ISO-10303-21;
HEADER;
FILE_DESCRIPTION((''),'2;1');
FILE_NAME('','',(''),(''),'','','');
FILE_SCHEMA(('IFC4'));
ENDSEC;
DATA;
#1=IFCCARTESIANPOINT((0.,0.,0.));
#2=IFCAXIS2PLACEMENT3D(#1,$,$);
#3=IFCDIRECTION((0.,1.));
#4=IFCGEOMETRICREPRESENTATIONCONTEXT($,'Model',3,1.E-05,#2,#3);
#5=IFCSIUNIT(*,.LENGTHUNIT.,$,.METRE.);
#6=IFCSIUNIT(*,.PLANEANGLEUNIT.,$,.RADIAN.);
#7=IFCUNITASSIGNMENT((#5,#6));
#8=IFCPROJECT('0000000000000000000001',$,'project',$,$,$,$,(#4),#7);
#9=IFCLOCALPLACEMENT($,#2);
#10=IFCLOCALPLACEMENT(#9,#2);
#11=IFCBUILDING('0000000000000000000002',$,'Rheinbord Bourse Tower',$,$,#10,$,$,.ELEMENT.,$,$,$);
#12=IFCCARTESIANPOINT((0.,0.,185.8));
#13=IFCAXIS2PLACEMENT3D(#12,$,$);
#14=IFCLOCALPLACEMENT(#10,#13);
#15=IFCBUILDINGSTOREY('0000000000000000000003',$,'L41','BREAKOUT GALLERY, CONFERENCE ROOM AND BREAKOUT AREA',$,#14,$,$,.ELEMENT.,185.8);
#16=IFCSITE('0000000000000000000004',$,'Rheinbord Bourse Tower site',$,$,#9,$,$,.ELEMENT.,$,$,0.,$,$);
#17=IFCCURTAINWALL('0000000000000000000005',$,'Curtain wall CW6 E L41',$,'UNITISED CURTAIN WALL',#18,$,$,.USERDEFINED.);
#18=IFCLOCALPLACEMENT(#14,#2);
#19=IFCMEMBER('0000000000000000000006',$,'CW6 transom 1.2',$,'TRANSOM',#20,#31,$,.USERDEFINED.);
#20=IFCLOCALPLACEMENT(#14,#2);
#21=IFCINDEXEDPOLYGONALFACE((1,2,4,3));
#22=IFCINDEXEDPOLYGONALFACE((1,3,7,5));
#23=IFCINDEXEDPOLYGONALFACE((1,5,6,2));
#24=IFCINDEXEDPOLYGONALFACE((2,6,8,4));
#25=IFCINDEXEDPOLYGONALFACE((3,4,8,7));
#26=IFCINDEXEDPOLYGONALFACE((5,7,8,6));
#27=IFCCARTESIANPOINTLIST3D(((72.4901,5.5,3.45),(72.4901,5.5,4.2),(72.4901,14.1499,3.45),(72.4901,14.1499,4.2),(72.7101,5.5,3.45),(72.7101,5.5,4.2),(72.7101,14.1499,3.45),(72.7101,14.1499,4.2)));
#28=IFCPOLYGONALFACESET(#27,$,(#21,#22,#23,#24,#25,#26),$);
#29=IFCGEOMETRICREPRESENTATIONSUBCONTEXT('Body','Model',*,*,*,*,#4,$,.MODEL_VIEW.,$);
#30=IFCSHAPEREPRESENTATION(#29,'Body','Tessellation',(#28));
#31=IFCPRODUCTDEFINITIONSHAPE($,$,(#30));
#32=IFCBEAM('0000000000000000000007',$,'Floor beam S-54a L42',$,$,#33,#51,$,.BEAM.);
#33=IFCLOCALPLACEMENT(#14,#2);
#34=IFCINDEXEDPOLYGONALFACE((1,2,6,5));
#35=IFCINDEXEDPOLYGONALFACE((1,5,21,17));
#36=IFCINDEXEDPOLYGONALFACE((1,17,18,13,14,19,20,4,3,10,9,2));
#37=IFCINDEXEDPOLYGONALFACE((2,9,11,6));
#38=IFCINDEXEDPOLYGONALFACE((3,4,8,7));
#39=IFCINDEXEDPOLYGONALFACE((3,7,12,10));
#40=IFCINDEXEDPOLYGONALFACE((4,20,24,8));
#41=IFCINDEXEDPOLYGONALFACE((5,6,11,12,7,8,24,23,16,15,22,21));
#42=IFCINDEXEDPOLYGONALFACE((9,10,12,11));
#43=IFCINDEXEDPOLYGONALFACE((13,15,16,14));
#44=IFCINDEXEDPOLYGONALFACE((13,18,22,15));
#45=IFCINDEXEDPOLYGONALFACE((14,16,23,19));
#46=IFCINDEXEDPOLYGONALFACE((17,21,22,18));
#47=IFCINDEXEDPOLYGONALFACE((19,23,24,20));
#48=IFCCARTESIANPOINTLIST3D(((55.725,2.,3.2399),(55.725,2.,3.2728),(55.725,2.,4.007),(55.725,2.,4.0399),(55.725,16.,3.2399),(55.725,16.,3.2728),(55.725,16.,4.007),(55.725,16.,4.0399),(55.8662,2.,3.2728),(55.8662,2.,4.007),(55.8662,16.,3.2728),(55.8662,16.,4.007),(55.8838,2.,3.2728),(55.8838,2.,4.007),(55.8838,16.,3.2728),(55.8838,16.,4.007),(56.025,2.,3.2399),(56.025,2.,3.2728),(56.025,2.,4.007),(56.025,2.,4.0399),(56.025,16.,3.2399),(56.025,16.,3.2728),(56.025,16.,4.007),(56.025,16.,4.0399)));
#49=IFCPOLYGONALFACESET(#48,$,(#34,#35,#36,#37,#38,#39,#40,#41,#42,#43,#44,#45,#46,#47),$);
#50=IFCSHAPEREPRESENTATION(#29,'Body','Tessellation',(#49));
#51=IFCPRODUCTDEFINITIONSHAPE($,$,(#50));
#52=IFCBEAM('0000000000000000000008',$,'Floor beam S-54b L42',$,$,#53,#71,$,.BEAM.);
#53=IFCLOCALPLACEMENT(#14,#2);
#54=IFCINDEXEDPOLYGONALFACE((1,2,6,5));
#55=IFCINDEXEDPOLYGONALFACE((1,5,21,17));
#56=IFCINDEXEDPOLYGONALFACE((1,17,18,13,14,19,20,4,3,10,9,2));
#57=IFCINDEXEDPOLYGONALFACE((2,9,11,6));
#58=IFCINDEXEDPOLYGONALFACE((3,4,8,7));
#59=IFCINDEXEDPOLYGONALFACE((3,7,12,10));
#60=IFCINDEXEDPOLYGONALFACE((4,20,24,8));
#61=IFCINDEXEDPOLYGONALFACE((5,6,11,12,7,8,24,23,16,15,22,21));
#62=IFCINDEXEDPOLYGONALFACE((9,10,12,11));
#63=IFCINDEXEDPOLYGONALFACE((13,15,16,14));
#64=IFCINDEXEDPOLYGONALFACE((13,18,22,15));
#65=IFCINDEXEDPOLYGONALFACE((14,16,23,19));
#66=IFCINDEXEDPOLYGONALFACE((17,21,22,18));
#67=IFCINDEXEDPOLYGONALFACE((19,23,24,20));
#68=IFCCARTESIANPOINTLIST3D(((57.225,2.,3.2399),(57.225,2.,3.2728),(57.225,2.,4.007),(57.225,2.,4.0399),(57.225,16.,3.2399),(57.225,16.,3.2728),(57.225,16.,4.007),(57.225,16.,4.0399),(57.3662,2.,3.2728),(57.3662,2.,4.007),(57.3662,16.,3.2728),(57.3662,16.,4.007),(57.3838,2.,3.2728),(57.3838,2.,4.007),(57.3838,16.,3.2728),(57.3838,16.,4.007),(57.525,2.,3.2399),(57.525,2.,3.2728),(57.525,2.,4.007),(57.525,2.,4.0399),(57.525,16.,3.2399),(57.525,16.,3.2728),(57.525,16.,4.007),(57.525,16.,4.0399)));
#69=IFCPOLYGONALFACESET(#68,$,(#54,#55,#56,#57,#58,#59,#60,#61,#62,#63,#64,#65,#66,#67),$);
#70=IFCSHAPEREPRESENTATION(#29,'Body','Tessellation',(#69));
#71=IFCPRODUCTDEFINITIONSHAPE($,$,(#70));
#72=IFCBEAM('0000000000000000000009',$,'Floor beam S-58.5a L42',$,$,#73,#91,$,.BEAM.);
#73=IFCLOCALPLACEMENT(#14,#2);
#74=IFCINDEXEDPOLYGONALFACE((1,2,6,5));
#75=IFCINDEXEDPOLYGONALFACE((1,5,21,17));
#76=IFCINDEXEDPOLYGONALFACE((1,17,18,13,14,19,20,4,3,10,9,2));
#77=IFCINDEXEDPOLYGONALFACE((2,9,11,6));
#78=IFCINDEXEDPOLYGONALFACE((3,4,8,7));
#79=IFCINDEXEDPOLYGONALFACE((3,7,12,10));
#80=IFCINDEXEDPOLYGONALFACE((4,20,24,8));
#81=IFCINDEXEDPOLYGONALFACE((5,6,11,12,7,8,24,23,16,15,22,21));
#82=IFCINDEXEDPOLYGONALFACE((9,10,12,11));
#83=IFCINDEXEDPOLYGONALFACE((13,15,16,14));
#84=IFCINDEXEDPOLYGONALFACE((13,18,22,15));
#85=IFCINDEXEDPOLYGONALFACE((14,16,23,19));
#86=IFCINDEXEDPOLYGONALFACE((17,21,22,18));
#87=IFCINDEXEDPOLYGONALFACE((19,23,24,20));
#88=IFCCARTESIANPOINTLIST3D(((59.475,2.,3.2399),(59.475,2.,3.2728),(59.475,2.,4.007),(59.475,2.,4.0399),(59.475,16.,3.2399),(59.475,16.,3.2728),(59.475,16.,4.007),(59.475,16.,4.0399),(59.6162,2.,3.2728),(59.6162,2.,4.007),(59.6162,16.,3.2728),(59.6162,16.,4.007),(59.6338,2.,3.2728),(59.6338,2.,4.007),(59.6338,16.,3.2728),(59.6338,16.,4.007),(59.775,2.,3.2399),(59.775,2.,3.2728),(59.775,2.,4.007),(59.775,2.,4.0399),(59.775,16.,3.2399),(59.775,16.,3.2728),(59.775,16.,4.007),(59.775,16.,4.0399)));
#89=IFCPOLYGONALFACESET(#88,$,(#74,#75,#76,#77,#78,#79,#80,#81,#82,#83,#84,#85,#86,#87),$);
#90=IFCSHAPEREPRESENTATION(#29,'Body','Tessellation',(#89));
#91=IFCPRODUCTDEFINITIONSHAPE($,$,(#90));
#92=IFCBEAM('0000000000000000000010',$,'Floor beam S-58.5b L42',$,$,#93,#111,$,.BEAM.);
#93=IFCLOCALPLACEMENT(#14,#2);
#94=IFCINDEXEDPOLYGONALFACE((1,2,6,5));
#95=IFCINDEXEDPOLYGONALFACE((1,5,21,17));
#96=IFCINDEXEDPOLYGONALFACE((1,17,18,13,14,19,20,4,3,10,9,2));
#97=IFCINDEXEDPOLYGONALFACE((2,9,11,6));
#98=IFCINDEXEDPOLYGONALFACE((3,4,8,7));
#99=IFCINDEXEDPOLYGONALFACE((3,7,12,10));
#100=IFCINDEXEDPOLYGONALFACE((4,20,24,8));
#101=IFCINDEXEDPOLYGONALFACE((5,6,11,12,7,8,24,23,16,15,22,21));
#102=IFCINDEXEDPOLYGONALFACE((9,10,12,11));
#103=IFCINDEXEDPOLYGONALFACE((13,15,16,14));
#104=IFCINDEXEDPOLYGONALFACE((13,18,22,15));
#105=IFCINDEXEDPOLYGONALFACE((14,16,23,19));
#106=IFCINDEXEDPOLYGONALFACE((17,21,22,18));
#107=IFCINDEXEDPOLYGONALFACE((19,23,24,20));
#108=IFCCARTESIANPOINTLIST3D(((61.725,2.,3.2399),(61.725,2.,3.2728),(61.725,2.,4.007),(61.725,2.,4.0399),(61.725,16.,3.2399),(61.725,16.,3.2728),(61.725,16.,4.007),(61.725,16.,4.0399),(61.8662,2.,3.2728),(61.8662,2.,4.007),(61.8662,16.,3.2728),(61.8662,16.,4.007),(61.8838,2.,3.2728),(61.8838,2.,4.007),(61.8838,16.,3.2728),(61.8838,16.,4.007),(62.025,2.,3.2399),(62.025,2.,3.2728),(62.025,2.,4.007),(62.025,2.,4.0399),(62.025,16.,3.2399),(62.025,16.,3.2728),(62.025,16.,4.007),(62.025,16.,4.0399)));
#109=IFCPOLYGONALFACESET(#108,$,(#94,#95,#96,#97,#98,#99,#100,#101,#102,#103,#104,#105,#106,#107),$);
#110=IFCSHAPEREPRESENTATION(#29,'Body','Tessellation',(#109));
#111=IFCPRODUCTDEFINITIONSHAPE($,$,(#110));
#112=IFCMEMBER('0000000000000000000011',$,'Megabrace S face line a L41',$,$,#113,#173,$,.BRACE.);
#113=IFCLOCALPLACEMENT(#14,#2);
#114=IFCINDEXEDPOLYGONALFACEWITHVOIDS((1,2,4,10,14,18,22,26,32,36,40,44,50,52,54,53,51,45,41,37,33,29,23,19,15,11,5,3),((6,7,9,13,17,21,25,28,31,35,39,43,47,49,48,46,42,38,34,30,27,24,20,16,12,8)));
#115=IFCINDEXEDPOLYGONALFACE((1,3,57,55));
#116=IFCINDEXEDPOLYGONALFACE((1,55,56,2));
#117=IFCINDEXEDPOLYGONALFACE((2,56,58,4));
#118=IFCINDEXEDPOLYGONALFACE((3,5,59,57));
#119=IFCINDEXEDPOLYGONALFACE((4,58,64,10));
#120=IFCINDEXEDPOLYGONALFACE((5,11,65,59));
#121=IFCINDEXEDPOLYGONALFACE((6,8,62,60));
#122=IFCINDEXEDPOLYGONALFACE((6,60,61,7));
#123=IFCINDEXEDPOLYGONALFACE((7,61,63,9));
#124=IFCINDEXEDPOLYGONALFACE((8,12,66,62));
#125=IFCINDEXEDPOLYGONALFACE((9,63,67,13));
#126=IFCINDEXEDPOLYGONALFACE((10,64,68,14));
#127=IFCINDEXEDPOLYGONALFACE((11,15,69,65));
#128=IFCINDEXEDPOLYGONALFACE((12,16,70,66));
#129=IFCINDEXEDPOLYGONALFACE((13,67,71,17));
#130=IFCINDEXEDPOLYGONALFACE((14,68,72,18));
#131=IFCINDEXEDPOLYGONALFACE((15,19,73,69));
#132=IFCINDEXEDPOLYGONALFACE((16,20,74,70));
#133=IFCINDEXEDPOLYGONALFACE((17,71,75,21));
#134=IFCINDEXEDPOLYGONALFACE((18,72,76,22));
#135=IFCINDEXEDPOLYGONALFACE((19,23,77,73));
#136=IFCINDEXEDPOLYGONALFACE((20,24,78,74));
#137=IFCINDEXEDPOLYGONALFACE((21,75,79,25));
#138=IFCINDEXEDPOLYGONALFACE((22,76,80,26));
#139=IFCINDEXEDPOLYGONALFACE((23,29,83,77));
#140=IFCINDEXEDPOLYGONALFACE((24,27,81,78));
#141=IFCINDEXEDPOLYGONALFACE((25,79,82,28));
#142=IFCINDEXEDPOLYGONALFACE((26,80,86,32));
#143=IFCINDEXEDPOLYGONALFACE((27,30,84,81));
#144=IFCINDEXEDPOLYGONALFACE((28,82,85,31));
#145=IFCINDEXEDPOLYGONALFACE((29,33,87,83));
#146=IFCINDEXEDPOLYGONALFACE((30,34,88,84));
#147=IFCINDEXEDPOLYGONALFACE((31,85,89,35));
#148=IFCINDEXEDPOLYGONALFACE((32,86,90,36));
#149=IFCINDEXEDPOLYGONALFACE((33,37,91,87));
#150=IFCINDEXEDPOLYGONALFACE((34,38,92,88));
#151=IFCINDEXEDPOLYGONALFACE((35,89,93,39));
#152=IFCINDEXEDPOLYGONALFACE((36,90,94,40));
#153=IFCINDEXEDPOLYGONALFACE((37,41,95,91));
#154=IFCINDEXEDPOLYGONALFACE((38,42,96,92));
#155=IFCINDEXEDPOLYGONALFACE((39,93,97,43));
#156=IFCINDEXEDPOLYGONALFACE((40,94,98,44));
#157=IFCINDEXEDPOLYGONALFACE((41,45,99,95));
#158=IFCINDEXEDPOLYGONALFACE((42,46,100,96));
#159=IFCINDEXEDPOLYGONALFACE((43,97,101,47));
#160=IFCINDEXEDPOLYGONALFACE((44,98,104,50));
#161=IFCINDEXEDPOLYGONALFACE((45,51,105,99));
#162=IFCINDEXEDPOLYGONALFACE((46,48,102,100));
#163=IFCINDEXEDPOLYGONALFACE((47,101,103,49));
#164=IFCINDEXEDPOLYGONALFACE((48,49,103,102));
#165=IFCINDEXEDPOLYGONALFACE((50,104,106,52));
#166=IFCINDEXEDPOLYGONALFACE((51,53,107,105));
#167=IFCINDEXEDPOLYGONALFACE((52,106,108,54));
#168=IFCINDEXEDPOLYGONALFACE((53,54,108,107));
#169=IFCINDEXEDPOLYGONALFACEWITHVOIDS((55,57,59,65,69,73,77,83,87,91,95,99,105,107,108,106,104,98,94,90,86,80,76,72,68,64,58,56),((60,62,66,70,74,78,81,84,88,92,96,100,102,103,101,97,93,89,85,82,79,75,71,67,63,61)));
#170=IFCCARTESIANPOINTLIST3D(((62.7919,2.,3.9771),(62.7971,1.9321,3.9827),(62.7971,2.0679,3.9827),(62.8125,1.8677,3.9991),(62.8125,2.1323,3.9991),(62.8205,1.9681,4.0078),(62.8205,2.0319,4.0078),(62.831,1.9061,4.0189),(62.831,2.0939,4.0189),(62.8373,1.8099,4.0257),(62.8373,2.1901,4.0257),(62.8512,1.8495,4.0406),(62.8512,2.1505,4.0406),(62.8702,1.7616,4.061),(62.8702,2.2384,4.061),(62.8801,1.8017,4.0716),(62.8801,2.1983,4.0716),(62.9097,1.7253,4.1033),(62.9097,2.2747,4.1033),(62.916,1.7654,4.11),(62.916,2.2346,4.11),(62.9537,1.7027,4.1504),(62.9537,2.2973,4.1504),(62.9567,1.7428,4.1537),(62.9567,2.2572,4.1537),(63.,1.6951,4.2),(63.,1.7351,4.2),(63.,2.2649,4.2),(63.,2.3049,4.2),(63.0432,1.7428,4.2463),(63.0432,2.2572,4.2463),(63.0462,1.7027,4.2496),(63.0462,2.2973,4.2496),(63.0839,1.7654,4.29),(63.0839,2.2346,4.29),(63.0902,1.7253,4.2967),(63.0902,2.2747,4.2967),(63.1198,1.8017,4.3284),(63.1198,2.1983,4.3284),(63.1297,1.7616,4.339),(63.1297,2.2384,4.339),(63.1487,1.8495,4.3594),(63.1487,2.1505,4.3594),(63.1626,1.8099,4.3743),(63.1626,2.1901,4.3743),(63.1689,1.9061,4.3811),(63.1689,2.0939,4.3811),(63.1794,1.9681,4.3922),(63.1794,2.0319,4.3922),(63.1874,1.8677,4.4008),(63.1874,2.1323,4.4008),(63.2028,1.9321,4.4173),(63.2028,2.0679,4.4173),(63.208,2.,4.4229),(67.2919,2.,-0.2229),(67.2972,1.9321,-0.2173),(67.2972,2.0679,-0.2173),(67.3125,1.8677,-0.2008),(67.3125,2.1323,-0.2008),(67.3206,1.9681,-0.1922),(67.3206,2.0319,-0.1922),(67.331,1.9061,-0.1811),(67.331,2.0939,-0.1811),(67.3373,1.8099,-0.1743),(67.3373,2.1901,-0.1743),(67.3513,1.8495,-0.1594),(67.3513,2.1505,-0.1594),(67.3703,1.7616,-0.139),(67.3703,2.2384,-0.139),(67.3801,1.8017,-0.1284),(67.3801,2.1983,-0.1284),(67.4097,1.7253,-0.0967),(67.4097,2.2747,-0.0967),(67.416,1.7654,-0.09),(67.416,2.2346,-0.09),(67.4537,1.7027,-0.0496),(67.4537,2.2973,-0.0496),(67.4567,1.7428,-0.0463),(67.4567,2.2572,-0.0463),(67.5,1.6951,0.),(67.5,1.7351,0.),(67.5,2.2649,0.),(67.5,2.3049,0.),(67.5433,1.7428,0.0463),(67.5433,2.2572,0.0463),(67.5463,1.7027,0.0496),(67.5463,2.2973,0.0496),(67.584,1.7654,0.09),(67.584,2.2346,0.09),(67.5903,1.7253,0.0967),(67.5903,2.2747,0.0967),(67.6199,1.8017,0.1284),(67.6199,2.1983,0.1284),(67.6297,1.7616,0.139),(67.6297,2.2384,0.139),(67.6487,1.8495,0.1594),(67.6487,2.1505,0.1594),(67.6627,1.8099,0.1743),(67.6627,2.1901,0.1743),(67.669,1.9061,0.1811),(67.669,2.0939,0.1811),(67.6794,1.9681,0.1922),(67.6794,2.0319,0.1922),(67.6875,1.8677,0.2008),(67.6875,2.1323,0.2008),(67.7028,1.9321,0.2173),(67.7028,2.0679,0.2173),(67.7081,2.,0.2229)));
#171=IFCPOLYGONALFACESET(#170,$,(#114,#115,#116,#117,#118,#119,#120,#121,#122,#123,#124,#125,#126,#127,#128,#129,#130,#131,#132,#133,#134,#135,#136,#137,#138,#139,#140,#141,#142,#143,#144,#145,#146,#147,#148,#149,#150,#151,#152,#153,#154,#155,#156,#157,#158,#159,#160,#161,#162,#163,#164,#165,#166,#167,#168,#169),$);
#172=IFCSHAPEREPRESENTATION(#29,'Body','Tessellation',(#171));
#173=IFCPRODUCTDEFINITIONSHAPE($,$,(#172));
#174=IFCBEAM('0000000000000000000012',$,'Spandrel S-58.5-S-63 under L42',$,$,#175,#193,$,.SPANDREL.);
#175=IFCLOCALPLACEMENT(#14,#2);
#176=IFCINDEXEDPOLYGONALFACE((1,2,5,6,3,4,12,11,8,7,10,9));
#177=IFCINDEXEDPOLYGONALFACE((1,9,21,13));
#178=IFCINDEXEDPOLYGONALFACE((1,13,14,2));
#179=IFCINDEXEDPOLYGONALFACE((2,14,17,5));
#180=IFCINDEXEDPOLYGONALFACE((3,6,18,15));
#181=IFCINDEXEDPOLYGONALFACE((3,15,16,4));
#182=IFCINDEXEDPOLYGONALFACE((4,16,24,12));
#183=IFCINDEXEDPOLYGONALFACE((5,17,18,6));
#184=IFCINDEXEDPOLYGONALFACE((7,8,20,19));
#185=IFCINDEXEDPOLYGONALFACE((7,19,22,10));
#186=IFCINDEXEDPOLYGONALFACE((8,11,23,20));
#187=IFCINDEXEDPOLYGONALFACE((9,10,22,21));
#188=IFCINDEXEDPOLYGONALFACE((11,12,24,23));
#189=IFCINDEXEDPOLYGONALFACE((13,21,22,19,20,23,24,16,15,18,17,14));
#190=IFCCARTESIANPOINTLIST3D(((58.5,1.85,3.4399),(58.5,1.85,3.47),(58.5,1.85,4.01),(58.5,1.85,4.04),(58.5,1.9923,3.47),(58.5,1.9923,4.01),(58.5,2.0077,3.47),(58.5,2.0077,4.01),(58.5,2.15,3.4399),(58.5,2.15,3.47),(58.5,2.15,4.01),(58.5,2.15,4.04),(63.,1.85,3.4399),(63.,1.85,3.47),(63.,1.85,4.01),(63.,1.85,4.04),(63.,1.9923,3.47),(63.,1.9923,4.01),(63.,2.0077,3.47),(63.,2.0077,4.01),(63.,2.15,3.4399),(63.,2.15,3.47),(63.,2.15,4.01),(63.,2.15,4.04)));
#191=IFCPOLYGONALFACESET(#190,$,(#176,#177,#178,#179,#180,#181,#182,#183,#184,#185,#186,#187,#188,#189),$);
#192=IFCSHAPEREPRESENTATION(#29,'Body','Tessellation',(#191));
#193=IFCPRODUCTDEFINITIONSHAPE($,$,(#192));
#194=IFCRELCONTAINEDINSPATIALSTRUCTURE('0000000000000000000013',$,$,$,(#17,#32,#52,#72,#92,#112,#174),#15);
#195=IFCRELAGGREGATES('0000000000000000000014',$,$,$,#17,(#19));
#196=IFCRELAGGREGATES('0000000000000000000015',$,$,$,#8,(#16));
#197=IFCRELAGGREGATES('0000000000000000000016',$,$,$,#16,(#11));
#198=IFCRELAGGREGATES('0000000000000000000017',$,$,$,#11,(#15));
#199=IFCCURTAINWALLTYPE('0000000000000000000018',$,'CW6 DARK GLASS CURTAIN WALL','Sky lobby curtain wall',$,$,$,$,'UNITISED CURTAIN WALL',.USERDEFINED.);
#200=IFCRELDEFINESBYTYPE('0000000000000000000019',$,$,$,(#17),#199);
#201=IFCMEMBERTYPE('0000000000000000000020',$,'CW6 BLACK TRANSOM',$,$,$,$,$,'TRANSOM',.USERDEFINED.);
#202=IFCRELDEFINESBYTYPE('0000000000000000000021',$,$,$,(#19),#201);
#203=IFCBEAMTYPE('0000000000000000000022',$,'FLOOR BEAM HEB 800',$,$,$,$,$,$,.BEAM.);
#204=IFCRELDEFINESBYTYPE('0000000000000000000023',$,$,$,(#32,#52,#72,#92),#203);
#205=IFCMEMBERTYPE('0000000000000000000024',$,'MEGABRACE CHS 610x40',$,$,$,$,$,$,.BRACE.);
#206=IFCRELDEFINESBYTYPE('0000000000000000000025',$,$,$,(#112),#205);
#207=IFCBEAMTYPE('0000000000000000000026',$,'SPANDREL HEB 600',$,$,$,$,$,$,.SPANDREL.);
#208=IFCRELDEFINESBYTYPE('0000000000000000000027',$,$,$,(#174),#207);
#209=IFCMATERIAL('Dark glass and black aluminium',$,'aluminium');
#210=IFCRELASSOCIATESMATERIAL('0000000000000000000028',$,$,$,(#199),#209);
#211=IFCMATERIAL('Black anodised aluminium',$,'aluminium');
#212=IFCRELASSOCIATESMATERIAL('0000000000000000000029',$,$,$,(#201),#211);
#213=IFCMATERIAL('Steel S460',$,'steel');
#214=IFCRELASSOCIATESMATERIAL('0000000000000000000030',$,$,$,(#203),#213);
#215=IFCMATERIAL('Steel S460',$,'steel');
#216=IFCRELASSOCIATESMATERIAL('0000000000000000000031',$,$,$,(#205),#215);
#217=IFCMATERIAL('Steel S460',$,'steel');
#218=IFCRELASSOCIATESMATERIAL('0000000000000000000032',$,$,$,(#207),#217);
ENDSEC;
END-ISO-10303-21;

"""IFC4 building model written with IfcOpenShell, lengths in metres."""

from ifc_helpers import new_model, si_unit, direction, frame, origin, origin_2d, place, context, subcontext, project, spatial, rectangle, hollow_circle, i_section, extrude, material, material_profile, profile_set, type_object, element, aggregate, save


model = new_model("IFC4")

# Units and contexts
model_context = context("Model", 3, precision=1e-05, world=origin(), true_north=direction((0.0, 1.0)))
body_context = subcontext(model_context, "Body", "Model", "MODEL_VIEW")
ifc_project = project(units=[si_unit("LENGTHUNIT", "METRE"), si_unit("PLANEANGLEUNIT", "RADIAN")], contexts=[model_context])

# Site, building, storey
site_placement = place(None, origin())
site = spatial("IfcSite", under=ifc_project, at=site_placement, Name="Rheinbord Bourse Tower site", CompositionType="ELEMENT", RefElevation=0.0)
building_placement = place(site_placement, origin())
building = spatial("IfcBuilding", under=site, at=building_placement, Name="Rheinbord Bourse Tower", CompositionType="ELEMENT")
storey_placement = place(building_placement, frame((0.0, 0.0, 185.8)))
storey = spatial("IfcBuildingStorey", under=building, at=storey_placement, Name="L41", Description="BREAKOUT GALLERY, CONFERENCE ROOM AND BREAKOUT AREA", CompositionType="ELEMENT", Elevation=185.8)

# Shared definitions
ifc_material_1 = material(Name="Dark glass and black aluminium", Category="aluminium")
curtain_wall_type = type_object("IfcCurtainWallType", Name="CW6 DARK GLASS CURTAIN WALL", Description="Sky lobby curtain wall", ElementType="UNITISED CURTAIN WALL", PredefinedType="USERDEFINED", material=ifc_material_1)

# Curtain wall
curtain_wall_1_placement = place(storey_placement, origin())
curtain_wall_1 = element("IfcCurtainWall", 1, at=curtain_wall_1_placement, inside=storey, type_object=curtain_wall_type, Name="Curtain wall CW6 E L41", ObjectType="UNITISED CURTAIN WALL", PredefinedType="USERDEFINED")

# Member
ifc_material_2 = material(Name="Black anodised aluminium", Category="aluminium")
ifc_material_profile_1 = material_profile(ifc_material_2, rectangle(XDim=0.22, YDim=0.75, at=origin_2d()), Name="CW6 TRANSOM 750x220")
ifc_profile_set_1 = profile_set([ifc_material_profile_1], Name="Black anodised aluminium")
member_type_1 = type_object("IfcMemberType", Name="CW6 BLACK TRANSOM", ElementType="TRANSOM", PredefinedType="USERDEFINED", material=ifc_profile_set_1)
member_1_placement = place(storey_placement, frame((72.6001, 5.5, 3.825), z_axis=(0.0, 1.0, 0.0), x_axis=(-1.0, 0.0, 0.0)))
member_1 = element("IfcMember", 2, at=member_1_placement, type_object=member_type_1, Name="CW6 transom 1.2", ObjectType="TRANSOM", PredefinedType="USERDEFINED", context=body_context, shape_type="SweptSolid", body=[
    extrude(rectangle(XDim=0.22, YDim=0.75, at=origin_2d()), origin(), (0.0, 0.0, 1.0), 8.6499),
])

# Beams
ifc_material_3 = material(Name="Steel S460", Category="steel")
ifc_material_profile_2 = material_profile(ifc_material_3, i_section(OverallWidth=0.3, OverallDepth=0.8, WebThickness=0.0176, FlangeThickness=0.033, at=origin_2d()), Name="HEB 800")
ifc_profile_set_2 = profile_set([ifc_material_profile_2], Name="Steel S460")
beam_type_1 = type_object("IfcBeamType", Name="FLOOR BEAM HEB 800", PredefinedType="BEAM", material=ifc_profile_set_2)
for number, where, z_axis, x_axis, name in (
    (3, (55.875, 2.0, 3.6399), (0.0, 1.0, 0.0), (-1.0, 0.0, 0.0), "Floor beam S-54a L42"),
    (4, (57.375, 2.0, 3.6399), (0.0, 1.0, 0.0), (-1.0, 0.0, 0.0), "Floor beam S-54b L42"),
    (5, (59.625, 2.0, 3.6399), (0.0, 1.0, 0.0), (-1.0, 0.0, 0.0), "Floor beam S-58.5a L42"),
    (6, (61.875, 2.0, 3.6399), (0.0, 1.0, 0.0), (-1.0, 0.0, 0.0), "Floor beam S-58.5b L42"),
):
    element("IfcBeam", number, at=place(storey_placement, frame(where, z_axis=z_axis, x_axis=x_axis)), inside=storey, type_object=beam_type_1, Name=name, PredefinedType="BEAM", context=body_context, shape_type="SweptSolid", body=[
        extrude(i_section(OverallWidth=0.3, OverallDepth=0.8, WebThickness=0.0176, FlangeThickness=0.033, at=origin_2d()), origin(), (0.0, 0.0, 1.0), 14.0),
    ])

# Member
ifc_material_4 = material(Name="Steel S460", Category="steel")
ifc_material_profile_3 = material_profile(ifc_material_4, hollow_circle(Radius=0.3049, WallThickness=0.04, at=origin_2d()), Name="CHS 610x40")
ifc_profile_set_3 = profile_set([ifc_material_profile_3], Name="Steel S460")
member_type_2 = type_object("IfcMemberType", Name="MEGABRACE CHS 610x40", PredefinedType="BRACE", material=ifc_profile_set_3)
member_2_placement = place(storey_placement, frame((67.5, 2.0, 0.0), z_axis=(-0.731059, 0.0, 0.682314), x_axis=(0.0, -1.0, 0.0)))
element("IfcMember", 7, at=member_2_placement, inside=storey, type_object=member_type_2, Name="Megabrace S face line a L41", PredefinedType="BRACE", context=body_context, shape_type="SweptSolid", body=[
    extrude(hollow_circle(Radius=0.3049, WallThickness=0.04, at=origin_2d()), origin(), (0.0, 0.0, 1.0), 6.1555),
])

# Beam
ifc_material_5 = material(Name="Steel S460", Category="steel")
ifc_material_profile_4 = material_profile(ifc_material_5, i_section(OverallWidth=0.3, OverallDepth=0.6001, WebThickness=0.0154, FlangeThickness=0.03, at=origin_2d()), Name="HEB 600")
ifc_profile_set_4 = profile_set([ifc_material_profile_4], Name="Steel S460")
beam_type_2 = type_object("IfcBeamType", Name="SPANDREL HEB 600", PredefinedType="SPANDREL", material=ifc_profile_set_4)
for number, where, z_axis, x_axis, name in (
    (8, (58.5, 2.0, 3.74), (1.0, 0.0, 0.0), (0.0, 1.0, 0.0), "Spandrel S-58.5-S-63 under L42"),
):
    element("IfcBeam", number, at=place(storey_placement, frame(where, z_axis=z_axis, x_axis=x_axis)), inside=storey, type_object=beam_type_2, Name=name, PredefinedType="SPANDREL", context=body_context, shape_type="SweptSolid", body=[
        extrude(i_section(OverallWidth=0.3, OverallDepth=0.6001, WebThickness=0.0154, FlangeThickness=0.03, at=origin_2d()), origin(), (0.0, 0.0, 1.0), 4.5),
    ])

aggregate(curtain_wall_1, [member_1])

save(model, "model.ifc")
